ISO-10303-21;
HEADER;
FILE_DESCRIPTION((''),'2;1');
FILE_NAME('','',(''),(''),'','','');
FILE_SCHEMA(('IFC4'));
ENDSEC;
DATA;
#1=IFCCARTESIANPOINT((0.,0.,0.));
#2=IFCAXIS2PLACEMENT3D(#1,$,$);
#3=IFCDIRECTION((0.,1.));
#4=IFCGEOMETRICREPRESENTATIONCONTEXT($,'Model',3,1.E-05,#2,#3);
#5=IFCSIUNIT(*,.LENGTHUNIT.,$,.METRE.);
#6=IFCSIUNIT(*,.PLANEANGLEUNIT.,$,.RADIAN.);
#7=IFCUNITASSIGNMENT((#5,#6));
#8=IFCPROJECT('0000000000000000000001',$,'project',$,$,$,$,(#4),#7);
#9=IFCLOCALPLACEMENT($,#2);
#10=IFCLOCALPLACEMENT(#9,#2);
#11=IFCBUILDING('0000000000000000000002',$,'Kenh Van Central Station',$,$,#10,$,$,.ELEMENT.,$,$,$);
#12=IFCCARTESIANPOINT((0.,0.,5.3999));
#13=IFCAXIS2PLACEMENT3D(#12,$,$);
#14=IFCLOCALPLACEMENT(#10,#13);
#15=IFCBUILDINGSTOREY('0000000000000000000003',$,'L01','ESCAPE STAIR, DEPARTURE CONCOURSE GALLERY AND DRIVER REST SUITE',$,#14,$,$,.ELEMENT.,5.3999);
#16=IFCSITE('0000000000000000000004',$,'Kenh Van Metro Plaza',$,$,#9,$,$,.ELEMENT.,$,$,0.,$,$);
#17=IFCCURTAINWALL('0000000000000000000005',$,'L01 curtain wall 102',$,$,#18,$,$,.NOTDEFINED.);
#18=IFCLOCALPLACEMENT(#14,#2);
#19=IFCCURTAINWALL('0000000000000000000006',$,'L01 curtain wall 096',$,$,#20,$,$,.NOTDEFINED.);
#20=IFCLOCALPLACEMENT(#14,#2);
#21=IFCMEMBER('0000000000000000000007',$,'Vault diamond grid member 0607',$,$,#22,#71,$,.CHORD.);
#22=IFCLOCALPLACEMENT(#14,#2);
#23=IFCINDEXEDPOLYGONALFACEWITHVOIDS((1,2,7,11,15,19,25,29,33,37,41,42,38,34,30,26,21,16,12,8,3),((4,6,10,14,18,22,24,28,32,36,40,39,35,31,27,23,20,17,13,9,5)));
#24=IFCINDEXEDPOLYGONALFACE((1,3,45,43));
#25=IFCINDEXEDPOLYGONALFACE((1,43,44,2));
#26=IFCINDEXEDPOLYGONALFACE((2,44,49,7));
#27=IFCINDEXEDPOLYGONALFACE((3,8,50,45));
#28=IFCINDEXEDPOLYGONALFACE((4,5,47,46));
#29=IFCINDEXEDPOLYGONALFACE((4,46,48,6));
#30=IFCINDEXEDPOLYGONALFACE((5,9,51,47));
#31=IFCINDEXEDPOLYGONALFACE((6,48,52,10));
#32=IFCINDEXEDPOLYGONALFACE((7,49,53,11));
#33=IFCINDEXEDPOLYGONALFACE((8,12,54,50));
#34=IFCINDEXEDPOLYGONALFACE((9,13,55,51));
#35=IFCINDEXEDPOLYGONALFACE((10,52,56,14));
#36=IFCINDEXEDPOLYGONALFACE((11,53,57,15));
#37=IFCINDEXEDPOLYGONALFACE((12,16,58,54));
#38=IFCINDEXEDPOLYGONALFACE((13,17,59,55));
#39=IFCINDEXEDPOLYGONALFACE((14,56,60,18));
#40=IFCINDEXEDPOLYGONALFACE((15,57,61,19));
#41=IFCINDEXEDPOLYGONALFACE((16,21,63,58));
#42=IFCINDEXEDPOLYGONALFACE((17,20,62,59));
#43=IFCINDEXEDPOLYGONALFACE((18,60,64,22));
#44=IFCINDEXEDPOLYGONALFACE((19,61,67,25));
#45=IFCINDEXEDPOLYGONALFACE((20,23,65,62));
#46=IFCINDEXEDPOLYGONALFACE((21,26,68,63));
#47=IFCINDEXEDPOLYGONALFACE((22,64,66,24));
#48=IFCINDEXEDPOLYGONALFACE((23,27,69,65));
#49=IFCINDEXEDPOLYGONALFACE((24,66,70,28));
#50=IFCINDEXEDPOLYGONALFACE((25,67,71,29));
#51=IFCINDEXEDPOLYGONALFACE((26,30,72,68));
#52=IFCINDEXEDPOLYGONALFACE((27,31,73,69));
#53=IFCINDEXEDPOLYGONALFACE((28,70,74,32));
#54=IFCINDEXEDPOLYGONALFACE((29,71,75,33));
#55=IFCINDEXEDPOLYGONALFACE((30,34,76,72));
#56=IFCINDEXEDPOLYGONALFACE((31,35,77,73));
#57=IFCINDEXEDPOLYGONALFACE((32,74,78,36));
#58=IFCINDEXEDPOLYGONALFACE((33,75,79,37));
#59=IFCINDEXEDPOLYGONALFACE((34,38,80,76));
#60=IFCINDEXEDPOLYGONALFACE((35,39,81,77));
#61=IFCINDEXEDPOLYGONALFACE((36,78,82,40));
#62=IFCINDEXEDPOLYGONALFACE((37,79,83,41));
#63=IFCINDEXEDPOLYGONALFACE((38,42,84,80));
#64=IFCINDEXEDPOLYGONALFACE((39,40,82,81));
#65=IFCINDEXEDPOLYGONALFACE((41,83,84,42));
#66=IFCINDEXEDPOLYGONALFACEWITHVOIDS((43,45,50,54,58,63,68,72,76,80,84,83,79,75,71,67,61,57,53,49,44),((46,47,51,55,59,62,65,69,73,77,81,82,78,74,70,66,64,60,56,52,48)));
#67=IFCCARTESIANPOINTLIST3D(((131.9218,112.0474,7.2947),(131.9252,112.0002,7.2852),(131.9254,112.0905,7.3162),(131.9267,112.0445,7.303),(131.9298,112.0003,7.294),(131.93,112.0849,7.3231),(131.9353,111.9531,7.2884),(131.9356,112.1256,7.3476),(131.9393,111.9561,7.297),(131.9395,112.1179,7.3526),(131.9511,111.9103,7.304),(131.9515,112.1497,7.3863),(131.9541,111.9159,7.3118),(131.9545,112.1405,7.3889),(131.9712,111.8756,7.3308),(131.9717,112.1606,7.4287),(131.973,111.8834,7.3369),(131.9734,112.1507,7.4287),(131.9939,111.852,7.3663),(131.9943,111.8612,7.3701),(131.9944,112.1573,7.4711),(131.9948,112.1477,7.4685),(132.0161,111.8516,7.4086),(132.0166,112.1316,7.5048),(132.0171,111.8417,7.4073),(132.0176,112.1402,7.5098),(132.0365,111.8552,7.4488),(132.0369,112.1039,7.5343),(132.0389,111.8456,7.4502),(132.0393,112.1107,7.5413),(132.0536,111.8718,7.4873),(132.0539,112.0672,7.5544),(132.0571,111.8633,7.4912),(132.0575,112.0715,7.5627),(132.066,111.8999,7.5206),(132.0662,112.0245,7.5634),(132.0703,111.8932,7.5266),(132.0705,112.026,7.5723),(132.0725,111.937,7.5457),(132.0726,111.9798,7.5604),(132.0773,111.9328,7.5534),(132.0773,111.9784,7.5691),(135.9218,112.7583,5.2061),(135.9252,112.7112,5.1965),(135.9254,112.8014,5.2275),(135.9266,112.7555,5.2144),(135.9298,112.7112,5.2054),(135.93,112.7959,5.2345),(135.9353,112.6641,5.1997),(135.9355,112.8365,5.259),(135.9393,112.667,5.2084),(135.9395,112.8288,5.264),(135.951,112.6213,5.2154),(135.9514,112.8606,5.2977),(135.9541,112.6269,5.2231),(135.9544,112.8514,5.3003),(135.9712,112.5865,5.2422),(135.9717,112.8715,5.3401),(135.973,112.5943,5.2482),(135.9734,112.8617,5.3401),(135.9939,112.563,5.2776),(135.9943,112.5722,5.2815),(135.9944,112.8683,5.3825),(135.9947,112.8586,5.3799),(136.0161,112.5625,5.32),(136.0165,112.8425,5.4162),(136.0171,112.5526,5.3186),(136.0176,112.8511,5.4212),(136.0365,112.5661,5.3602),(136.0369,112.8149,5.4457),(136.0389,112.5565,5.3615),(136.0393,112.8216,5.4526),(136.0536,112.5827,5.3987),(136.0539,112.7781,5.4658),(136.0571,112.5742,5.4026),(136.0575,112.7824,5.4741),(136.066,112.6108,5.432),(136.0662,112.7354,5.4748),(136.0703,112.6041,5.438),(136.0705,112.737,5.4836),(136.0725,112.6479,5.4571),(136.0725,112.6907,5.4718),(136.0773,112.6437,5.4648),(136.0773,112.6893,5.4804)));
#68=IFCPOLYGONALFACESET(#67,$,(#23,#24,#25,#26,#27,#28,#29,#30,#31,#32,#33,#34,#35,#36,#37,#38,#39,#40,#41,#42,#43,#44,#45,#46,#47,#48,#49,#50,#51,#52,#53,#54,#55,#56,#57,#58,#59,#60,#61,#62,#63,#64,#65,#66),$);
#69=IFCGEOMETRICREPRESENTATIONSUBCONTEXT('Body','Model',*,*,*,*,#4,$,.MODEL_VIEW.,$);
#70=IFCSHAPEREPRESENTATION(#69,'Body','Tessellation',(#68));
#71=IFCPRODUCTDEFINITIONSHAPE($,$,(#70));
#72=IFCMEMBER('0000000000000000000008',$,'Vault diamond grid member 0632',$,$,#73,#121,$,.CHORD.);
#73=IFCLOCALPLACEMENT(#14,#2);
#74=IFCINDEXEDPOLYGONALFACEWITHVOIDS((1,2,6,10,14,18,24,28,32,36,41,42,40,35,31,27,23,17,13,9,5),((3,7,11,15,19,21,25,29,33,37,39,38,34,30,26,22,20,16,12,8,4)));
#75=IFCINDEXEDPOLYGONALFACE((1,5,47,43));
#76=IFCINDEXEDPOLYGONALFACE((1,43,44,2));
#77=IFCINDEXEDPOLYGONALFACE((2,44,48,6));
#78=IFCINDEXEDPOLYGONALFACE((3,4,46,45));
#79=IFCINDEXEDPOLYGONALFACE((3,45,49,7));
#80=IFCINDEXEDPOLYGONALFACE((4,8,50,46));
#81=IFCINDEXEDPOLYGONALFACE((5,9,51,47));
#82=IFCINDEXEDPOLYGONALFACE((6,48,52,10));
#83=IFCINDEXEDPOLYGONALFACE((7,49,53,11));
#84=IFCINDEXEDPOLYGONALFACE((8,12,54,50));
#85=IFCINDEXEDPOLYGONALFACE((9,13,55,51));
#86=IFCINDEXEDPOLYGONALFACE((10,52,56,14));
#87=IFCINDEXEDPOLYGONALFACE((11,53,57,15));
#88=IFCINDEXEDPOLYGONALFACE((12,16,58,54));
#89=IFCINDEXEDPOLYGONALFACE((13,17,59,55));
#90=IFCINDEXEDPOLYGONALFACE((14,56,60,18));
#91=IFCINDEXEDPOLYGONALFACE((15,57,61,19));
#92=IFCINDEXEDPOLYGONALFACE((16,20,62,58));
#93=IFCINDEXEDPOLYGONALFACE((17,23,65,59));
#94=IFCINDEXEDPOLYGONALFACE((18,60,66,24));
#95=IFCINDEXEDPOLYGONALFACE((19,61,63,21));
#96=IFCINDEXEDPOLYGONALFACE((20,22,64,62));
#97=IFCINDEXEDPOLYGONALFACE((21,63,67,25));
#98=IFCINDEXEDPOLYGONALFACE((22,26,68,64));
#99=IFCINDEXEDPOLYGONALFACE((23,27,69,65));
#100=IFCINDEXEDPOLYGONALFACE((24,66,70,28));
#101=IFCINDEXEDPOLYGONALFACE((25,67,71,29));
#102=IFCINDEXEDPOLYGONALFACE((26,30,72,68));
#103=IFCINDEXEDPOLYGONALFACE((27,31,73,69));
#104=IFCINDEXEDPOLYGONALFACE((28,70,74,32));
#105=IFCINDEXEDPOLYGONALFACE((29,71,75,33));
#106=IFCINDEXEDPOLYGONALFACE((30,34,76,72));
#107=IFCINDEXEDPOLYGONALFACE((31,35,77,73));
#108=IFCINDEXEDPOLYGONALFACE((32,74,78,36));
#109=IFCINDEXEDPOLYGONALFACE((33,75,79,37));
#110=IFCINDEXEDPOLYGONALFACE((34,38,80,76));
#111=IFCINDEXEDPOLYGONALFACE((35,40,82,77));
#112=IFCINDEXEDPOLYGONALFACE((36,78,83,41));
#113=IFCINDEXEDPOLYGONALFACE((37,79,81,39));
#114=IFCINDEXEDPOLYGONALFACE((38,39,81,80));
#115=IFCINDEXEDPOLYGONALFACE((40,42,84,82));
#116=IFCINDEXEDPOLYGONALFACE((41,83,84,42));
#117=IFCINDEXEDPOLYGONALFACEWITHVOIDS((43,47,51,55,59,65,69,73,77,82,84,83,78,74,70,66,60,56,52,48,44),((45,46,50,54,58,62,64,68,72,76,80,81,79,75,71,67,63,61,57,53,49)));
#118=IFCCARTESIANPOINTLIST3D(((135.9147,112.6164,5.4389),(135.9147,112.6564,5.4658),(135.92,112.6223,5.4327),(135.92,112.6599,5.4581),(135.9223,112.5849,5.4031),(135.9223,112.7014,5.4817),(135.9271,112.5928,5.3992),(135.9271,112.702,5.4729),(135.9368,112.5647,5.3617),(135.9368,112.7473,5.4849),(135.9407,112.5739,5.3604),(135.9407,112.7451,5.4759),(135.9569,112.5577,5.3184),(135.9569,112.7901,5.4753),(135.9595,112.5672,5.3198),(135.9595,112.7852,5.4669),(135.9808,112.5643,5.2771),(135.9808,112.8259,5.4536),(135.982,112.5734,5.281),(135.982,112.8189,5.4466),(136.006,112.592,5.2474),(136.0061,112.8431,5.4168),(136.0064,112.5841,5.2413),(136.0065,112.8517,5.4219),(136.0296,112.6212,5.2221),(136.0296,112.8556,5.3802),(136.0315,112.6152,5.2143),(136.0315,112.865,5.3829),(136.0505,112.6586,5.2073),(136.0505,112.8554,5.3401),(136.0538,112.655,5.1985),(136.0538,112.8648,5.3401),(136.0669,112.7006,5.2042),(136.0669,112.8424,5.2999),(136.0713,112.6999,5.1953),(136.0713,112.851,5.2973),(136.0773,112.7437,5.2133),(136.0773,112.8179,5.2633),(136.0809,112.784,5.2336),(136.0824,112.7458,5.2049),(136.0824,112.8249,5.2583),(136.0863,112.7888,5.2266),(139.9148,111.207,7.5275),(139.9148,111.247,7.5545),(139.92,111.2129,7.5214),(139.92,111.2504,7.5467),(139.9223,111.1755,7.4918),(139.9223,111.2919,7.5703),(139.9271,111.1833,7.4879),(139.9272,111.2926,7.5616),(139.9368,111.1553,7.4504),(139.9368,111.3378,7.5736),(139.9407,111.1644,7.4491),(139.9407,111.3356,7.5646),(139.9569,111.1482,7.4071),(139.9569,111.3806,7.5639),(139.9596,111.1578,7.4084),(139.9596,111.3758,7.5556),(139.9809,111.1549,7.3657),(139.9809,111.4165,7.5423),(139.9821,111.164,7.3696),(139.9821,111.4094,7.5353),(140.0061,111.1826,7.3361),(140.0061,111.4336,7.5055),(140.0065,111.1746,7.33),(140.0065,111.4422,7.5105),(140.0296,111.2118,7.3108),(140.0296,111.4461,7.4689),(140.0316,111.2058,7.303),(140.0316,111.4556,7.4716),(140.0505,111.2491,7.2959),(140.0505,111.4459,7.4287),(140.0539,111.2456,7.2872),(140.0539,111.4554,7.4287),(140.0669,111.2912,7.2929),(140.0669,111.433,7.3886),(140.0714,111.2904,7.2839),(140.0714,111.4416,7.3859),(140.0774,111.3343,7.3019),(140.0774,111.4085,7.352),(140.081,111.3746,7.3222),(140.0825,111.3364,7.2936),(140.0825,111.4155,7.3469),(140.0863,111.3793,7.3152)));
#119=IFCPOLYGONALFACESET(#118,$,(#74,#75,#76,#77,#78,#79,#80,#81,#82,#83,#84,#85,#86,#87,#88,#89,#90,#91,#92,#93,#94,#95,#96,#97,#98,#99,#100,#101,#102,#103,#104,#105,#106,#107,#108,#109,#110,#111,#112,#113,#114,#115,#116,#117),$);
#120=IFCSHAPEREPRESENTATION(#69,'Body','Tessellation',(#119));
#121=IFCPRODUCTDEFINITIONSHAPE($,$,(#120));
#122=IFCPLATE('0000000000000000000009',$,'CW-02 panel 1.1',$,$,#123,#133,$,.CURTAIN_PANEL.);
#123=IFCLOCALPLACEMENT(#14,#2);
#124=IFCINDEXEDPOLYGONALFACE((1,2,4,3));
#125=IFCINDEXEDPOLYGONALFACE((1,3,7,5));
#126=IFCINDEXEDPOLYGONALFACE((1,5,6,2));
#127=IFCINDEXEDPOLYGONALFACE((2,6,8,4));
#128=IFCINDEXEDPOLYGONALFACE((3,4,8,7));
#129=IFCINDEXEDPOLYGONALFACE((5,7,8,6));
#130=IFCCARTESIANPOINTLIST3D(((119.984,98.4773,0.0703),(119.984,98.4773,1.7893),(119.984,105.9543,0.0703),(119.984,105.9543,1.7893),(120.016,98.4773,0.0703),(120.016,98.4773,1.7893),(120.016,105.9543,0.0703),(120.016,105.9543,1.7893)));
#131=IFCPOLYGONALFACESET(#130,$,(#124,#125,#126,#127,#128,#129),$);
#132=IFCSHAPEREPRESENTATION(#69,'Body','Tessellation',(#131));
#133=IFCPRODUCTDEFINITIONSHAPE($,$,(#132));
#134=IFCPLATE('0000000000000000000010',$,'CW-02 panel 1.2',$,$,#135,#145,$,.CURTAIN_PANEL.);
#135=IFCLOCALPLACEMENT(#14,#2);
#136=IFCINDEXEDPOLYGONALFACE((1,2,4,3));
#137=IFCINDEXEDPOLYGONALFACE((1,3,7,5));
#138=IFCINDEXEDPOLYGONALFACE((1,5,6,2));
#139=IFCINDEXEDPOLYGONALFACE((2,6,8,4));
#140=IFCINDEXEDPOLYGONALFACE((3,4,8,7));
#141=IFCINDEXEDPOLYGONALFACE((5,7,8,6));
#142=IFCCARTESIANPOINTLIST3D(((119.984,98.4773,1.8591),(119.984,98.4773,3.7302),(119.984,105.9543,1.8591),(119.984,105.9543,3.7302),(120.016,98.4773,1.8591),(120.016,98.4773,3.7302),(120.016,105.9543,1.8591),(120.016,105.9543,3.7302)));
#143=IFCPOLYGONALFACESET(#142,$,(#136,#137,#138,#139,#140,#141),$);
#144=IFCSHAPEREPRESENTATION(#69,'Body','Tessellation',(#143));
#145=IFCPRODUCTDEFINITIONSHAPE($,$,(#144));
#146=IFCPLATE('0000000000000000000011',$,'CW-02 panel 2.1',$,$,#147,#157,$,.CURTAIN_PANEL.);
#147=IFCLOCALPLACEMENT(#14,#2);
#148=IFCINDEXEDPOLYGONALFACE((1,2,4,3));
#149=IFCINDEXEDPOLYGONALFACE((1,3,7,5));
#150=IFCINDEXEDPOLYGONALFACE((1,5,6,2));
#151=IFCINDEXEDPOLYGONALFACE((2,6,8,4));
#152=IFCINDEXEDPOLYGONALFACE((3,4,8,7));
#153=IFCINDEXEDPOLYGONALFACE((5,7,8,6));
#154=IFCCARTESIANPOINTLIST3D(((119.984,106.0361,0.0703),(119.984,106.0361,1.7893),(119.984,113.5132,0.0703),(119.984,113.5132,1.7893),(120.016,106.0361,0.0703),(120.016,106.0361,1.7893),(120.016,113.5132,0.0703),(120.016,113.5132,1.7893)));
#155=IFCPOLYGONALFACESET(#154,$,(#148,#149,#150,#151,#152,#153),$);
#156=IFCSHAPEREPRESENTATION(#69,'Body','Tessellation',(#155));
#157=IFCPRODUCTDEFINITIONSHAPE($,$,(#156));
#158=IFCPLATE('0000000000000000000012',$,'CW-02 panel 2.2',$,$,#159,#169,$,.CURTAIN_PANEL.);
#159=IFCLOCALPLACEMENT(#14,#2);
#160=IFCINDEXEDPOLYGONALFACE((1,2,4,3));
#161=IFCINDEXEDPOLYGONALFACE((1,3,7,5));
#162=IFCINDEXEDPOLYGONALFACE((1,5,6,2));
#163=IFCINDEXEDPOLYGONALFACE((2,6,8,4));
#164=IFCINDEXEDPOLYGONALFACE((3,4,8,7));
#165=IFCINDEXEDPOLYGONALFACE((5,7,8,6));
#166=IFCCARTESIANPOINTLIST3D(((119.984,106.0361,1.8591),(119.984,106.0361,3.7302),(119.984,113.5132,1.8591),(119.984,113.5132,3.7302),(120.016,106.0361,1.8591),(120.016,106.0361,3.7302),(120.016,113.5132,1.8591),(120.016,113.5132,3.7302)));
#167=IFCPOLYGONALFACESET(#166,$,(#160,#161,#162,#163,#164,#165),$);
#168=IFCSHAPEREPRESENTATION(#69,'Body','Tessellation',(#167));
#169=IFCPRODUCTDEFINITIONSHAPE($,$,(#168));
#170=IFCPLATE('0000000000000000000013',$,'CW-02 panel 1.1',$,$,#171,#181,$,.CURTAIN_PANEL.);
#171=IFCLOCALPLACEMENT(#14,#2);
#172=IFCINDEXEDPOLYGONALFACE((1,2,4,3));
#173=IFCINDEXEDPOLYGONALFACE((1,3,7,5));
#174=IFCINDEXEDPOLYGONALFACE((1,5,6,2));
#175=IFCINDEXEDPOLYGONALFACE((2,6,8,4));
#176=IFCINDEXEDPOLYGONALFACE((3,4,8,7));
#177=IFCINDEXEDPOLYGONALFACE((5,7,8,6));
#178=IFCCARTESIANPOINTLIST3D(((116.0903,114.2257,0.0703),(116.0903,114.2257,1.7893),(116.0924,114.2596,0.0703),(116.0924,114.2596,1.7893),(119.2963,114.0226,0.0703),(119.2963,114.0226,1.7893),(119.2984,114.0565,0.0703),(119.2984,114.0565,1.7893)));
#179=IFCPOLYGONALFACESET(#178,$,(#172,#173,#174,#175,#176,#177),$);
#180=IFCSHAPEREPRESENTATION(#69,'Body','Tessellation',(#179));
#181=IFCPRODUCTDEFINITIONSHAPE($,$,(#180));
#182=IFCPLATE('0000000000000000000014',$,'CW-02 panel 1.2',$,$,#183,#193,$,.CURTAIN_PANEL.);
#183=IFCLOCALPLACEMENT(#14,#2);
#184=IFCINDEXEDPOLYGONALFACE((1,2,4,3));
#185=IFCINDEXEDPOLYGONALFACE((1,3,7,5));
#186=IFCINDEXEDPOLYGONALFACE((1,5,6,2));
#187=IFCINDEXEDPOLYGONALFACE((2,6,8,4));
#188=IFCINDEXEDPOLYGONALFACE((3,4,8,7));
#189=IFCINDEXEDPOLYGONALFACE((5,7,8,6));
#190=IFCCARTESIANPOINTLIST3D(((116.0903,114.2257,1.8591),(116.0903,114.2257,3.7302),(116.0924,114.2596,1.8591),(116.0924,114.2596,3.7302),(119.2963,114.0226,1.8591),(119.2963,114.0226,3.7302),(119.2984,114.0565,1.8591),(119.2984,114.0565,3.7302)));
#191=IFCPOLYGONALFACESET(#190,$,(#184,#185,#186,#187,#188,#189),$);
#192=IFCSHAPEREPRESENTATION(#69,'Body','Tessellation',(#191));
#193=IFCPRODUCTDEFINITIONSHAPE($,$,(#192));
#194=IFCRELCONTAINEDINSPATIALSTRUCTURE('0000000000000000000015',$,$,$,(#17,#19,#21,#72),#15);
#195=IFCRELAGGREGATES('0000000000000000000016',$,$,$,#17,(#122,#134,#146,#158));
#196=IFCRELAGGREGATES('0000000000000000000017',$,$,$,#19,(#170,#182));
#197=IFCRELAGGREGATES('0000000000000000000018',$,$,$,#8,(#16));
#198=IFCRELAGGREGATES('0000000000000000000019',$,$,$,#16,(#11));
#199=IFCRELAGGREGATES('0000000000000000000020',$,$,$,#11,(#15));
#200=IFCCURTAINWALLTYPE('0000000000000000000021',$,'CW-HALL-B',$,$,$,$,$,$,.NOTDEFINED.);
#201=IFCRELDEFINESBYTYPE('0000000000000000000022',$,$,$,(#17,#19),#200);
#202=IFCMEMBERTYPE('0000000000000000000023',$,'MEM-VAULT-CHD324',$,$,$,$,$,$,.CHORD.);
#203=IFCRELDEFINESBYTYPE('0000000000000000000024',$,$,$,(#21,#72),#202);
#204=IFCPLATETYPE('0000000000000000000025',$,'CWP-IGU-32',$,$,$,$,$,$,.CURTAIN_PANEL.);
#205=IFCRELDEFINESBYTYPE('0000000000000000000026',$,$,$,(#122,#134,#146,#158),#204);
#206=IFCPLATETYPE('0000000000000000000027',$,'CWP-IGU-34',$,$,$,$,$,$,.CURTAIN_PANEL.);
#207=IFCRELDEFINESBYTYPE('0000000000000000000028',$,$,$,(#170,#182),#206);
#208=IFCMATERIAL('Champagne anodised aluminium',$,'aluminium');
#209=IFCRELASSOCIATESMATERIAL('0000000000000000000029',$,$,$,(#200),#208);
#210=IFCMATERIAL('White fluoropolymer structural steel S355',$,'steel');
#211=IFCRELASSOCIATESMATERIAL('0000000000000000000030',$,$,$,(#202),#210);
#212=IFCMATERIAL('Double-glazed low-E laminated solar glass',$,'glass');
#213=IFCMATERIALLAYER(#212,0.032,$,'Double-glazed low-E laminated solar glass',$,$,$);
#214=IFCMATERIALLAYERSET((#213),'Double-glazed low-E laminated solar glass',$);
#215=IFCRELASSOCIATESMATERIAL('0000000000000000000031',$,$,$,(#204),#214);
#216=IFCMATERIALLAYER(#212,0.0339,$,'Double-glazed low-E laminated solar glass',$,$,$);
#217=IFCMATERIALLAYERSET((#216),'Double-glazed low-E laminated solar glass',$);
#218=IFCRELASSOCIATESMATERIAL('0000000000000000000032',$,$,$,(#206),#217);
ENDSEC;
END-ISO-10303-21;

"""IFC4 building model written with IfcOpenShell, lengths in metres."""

from ifc_helpers import new_model, si_unit, direction, frame, origin, origin_2d, place, context, subcontext, project, spatial, rectangle, hollow_circle, extrude, material, layer, layer_set, material_profile, profile_set, type_object, element, aggregate, save


model = new_model("IFC4")

# Units and contexts
model_context = context("Model", 3, precision=1e-05, world=origin(), true_north=direction((0.0, 1.0)))
body_context = subcontext(model_context, "Body", "Model", "MODEL_VIEW")
ifc_project = project(units=[si_unit("LENGTHUNIT", "METRE"), si_unit("PLANEANGLEUNIT", "RADIAN")], contexts=[model_context])

# Site, building, storey
site_placement = place(None, origin())
site = spatial("IfcSite", under=ifc_project, at=site_placement, Name="Kenh Van Metro Plaza", CompositionType="ELEMENT", RefElevation=0.0)
building_placement = place(site_placement, origin())
building = spatial("IfcBuilding", under=site, at=building_placement, Name="Kenh Van Central Station", CompositionType="ELEMENT")
storey_placement = place(building_placement, frame((0.0, 0.0, 5.3999)))
storey = spatial("IfcBuildingStorey", under=building, at=storey_placement, Name="L01", Description="ESCAPE STAIR, DEPARTURE CONCOURSE GALLERY AND DRIVER REST SUITE", CompositionType="ELEMENT", Elevation=5.3999)

# Shared definitions
ifc_material_1 = material(Name="White fluoropolymer structural steel S355", Category="steel")

# Curtain walls
ifc_material_2 = material(Name="Champagne anodised aluminium", Category="aluminium")
curtain_wall_type = type_object("IfcCurtainWallType", Name="CW-HALL-B", PredefinedType="NOTDEFINED", material=ifc_material_2)
curtain_wall_1_placement = place(storey_placement, origin())
curtain_wall_1 = element("IfcCurtainWall", 1, at=curtain_wall_1_placement, inside=storey, type_object=curtain_wall_type, Name="L01 curtain wall 102", PredefinedType="NOTDEFINED")
curtain_wall_2_placement = place(storey_placement, origin())
curtain_wall_2 = element("IfcCurtainWall", 2, at=curtain_wall_2_placement, inside=storey, type_object=curtain_wall_type, Name="L01 curtain wall 096", PredefinedType="NOTDEFINED")

# Members
ifc_material_profile_1 = material_profile(ifc_material_1, hollow_circle(Radius=0.1619, WallThickness=0.01, at=origin_2d()), Name="CHS 323.9x10")
ifc_profile_set_1 = profile_set([ifc_material_profile_1], Name="White fluoropolymer structural steel S355")
member_type_1 = type_object("IfcMemberType", Name="MEM-VAULT-CHD324", PredefinedType="CHORD", material=ifc_profile_set_1)
member_1_placement = place(storey_placement, frame((132.0, 112.0012, 7.4287), z_axis=(0.875633, 0.15563, -0.457217), x_axis=(-0.174992, 0.98457, 0.0)))
element("IfcMember", 3, at=member_1_placement, inside=storey, type_object=member_type_1, Name="Vault diamond grid member 0607", PredefinedType="CHORD", context=body_context, shape_type="SweptSolid", body=[
    extrude(hollow_circle(Radius=0.1619, WallThickness=0.01, at=origin_2d()), origin(), (0.0, 0.0, 1.0), 4.5681),
])
member_2_placement = place(storey_placement, frame((136.0, 112.7122, 5.3401), z_axis=(0.846121, -0.298136, 0.441807), x_axis=(0.332329, 0.943163, 0.0)))
element("IfcMember", 4, at=member_2_placement, inside=storey, type_object=member_type_1, Name="Vault diamond grid member 0632", PredefinedType="CHORD", context=body_context, shape_type="SweptSolid", body=[
    extrude(hollow_circle(Radius=0.1619, WallThickness=0.01, at=origin_2d()), origin(), (0.0, 0.0, 1.0), 4.7275),
])

# Plates
ifc_material_3 = material(Name="Double-glazed low-E laminated solar glass", Category="glass")
ifc_layer_1 = layer(ifc_material_3, 0.032, Name="Double-glazed low-E laminated solar glass")
ifc_layer_set_1 = layer_set([ifc_layer_1], Name="Double-glazed low-E laminated solar glass")
plate_type_1 = type_object("IfcPlateType", Name="CWP-IGU-32", PredefinedType="CURTAIN_PANEL", material=ifc_layer_set_1)
plate_1_placement = place(storey_placement, frame((120.0, 102.2158, 0.0703), z_axis=(0.0, 0.0, 1.0), x_axis=(0.0, 1.0, 0.0)))
plate_1 = element("IfcPlate", 5, at=plate_1_placement, type_object=plate_type_1, Name="CW-02 panel 1.1", PredefinedType="CURTAIN_PANEL", context=body_context, shape_type="SweptSolid", body=[
    extrude(rectangle(XDim=7.4771, YDim=0.032, at=origin_2d()), origin(), (0.0, 0.0, 1.0), 1.719),
])
plate_2_placement = place(storey_placement, frame((120.0, 102.2158, 1.8591), z_axis=(0.0, 0.0, 1.0), x_axis=(0.0, 1.0, 0.0)))
plate_2 = element("IfcPlate", 6, at=plate_2_placement, type_object=plate_type_1, Name="CW-02 panel 1.2", PredefinedType="CURTAIN_PANEL", context=body_context, shape_type="SweptSolid", body=[
    extrude(rectangle(XDim=7.4771, YDim=0.032, at=origin_2d()), origin(), (0.0, 0.0, 1.0), 1.8711),
])
plate_3_placement = place(storey_placement, frame((120.0, 109.7747, 0.0703), z_axis=(0.0, 0.0, 1.0), x_axis=(0.0, 1.0, 0.0)))
plate_3 = element("IfcPlate", 7, at=plate_3_placement, type_object=plate_type_1, Name="CW-02 panel 2.1", PredefinedType="CURTAIN_PANEL", context=body_context, shape_type="SweptSolid", body=[
    extrude(rectangle(XDim=7.4771, YDim=0.032, at=origin_2d()), origin(), (0.0, 0.0, 1.0), 1.719),
])
plate_4_placement = place(storey_placement, frame((120.0, 109.7747, 1.8591), z_axis=(0.0, 0.0, 1.0), x_axis=(0.0, 1.0, 0.0)))
plate_4 = element("IfcPlate", 8, at=plate_4_placement, type_object=plate_type_1, Name="CW-02 panel 2.2", PredefinedType="CURTAIN_PANEL", context=body_context, shape_type="SweptSolid", body=[
    extrude(rectangle(XDim=7.4771, YDim=0.032, at=origin_2d()), origin(), (0.0, 0.0, 1.0), 1.8711),
])
aggregate(curtain_wall_1, [plate_1, plate_2, plate_3, plate_4])
ifc_layer_2 = layer(ifc_material_3, 0.0339, Name="Double-glazed low-E laminated solar glass")
ifc_layer_set_2 = layer_set([ifc_layer_2], Name="Double-glazed low-E laminated solar glass")
plate_type_2 = type_object("IfcPlateType", Name="CWP-IGU-34", PredefinedType="CURTAIN_PANEL", material=ifc_layer_set_2)
plate_5_placement = place(storey_placement, frame((117.6943, 114.1411, 0.0703), z_axis=(0.0, 0.0, 1.0), x_axis=(-0.998, 0.063211, 0.0)))
plate_5 = element("IfcPlate", 9, at=plate_5_placement, type_object=plate_type_2, Name="CW-02 panel 1.1", PredefinedType="CURTAIN_PANEL", context=body_context, shape_type="SweptSolid", body=[
    extrude(rectangle(XDim=3.2124, YDim=0.0339, at=origin_2d()), origin(), (0.0, 0.0, 1.0), 1.719),
])
plate_6_placement = place(storey_placement, frame((117.6943, 114.1411, 1.8591), z_axis=(0.0, 0.0, 1.0), x_axis=(-0.998, 0.063211, 0.0)))
plate_6 = element("IfcPlate", 10, at=plate_6_placement, type_object=plate_type_2, Name="CW-02 panel 1.2", PredefinedType="CURTAIN_PANEL", context=body_context, shape_type="SweptSolid", body=[
    extrude(rectangle(XDim=3.2124, YDim=0.0339, at=origin_2d()), origin(), (0.0, 0.0, 1.0), 1.8711),
])
aggregate(curtain_wall_2, [plate_5, plate_6])

save(model, "model.ifc")
